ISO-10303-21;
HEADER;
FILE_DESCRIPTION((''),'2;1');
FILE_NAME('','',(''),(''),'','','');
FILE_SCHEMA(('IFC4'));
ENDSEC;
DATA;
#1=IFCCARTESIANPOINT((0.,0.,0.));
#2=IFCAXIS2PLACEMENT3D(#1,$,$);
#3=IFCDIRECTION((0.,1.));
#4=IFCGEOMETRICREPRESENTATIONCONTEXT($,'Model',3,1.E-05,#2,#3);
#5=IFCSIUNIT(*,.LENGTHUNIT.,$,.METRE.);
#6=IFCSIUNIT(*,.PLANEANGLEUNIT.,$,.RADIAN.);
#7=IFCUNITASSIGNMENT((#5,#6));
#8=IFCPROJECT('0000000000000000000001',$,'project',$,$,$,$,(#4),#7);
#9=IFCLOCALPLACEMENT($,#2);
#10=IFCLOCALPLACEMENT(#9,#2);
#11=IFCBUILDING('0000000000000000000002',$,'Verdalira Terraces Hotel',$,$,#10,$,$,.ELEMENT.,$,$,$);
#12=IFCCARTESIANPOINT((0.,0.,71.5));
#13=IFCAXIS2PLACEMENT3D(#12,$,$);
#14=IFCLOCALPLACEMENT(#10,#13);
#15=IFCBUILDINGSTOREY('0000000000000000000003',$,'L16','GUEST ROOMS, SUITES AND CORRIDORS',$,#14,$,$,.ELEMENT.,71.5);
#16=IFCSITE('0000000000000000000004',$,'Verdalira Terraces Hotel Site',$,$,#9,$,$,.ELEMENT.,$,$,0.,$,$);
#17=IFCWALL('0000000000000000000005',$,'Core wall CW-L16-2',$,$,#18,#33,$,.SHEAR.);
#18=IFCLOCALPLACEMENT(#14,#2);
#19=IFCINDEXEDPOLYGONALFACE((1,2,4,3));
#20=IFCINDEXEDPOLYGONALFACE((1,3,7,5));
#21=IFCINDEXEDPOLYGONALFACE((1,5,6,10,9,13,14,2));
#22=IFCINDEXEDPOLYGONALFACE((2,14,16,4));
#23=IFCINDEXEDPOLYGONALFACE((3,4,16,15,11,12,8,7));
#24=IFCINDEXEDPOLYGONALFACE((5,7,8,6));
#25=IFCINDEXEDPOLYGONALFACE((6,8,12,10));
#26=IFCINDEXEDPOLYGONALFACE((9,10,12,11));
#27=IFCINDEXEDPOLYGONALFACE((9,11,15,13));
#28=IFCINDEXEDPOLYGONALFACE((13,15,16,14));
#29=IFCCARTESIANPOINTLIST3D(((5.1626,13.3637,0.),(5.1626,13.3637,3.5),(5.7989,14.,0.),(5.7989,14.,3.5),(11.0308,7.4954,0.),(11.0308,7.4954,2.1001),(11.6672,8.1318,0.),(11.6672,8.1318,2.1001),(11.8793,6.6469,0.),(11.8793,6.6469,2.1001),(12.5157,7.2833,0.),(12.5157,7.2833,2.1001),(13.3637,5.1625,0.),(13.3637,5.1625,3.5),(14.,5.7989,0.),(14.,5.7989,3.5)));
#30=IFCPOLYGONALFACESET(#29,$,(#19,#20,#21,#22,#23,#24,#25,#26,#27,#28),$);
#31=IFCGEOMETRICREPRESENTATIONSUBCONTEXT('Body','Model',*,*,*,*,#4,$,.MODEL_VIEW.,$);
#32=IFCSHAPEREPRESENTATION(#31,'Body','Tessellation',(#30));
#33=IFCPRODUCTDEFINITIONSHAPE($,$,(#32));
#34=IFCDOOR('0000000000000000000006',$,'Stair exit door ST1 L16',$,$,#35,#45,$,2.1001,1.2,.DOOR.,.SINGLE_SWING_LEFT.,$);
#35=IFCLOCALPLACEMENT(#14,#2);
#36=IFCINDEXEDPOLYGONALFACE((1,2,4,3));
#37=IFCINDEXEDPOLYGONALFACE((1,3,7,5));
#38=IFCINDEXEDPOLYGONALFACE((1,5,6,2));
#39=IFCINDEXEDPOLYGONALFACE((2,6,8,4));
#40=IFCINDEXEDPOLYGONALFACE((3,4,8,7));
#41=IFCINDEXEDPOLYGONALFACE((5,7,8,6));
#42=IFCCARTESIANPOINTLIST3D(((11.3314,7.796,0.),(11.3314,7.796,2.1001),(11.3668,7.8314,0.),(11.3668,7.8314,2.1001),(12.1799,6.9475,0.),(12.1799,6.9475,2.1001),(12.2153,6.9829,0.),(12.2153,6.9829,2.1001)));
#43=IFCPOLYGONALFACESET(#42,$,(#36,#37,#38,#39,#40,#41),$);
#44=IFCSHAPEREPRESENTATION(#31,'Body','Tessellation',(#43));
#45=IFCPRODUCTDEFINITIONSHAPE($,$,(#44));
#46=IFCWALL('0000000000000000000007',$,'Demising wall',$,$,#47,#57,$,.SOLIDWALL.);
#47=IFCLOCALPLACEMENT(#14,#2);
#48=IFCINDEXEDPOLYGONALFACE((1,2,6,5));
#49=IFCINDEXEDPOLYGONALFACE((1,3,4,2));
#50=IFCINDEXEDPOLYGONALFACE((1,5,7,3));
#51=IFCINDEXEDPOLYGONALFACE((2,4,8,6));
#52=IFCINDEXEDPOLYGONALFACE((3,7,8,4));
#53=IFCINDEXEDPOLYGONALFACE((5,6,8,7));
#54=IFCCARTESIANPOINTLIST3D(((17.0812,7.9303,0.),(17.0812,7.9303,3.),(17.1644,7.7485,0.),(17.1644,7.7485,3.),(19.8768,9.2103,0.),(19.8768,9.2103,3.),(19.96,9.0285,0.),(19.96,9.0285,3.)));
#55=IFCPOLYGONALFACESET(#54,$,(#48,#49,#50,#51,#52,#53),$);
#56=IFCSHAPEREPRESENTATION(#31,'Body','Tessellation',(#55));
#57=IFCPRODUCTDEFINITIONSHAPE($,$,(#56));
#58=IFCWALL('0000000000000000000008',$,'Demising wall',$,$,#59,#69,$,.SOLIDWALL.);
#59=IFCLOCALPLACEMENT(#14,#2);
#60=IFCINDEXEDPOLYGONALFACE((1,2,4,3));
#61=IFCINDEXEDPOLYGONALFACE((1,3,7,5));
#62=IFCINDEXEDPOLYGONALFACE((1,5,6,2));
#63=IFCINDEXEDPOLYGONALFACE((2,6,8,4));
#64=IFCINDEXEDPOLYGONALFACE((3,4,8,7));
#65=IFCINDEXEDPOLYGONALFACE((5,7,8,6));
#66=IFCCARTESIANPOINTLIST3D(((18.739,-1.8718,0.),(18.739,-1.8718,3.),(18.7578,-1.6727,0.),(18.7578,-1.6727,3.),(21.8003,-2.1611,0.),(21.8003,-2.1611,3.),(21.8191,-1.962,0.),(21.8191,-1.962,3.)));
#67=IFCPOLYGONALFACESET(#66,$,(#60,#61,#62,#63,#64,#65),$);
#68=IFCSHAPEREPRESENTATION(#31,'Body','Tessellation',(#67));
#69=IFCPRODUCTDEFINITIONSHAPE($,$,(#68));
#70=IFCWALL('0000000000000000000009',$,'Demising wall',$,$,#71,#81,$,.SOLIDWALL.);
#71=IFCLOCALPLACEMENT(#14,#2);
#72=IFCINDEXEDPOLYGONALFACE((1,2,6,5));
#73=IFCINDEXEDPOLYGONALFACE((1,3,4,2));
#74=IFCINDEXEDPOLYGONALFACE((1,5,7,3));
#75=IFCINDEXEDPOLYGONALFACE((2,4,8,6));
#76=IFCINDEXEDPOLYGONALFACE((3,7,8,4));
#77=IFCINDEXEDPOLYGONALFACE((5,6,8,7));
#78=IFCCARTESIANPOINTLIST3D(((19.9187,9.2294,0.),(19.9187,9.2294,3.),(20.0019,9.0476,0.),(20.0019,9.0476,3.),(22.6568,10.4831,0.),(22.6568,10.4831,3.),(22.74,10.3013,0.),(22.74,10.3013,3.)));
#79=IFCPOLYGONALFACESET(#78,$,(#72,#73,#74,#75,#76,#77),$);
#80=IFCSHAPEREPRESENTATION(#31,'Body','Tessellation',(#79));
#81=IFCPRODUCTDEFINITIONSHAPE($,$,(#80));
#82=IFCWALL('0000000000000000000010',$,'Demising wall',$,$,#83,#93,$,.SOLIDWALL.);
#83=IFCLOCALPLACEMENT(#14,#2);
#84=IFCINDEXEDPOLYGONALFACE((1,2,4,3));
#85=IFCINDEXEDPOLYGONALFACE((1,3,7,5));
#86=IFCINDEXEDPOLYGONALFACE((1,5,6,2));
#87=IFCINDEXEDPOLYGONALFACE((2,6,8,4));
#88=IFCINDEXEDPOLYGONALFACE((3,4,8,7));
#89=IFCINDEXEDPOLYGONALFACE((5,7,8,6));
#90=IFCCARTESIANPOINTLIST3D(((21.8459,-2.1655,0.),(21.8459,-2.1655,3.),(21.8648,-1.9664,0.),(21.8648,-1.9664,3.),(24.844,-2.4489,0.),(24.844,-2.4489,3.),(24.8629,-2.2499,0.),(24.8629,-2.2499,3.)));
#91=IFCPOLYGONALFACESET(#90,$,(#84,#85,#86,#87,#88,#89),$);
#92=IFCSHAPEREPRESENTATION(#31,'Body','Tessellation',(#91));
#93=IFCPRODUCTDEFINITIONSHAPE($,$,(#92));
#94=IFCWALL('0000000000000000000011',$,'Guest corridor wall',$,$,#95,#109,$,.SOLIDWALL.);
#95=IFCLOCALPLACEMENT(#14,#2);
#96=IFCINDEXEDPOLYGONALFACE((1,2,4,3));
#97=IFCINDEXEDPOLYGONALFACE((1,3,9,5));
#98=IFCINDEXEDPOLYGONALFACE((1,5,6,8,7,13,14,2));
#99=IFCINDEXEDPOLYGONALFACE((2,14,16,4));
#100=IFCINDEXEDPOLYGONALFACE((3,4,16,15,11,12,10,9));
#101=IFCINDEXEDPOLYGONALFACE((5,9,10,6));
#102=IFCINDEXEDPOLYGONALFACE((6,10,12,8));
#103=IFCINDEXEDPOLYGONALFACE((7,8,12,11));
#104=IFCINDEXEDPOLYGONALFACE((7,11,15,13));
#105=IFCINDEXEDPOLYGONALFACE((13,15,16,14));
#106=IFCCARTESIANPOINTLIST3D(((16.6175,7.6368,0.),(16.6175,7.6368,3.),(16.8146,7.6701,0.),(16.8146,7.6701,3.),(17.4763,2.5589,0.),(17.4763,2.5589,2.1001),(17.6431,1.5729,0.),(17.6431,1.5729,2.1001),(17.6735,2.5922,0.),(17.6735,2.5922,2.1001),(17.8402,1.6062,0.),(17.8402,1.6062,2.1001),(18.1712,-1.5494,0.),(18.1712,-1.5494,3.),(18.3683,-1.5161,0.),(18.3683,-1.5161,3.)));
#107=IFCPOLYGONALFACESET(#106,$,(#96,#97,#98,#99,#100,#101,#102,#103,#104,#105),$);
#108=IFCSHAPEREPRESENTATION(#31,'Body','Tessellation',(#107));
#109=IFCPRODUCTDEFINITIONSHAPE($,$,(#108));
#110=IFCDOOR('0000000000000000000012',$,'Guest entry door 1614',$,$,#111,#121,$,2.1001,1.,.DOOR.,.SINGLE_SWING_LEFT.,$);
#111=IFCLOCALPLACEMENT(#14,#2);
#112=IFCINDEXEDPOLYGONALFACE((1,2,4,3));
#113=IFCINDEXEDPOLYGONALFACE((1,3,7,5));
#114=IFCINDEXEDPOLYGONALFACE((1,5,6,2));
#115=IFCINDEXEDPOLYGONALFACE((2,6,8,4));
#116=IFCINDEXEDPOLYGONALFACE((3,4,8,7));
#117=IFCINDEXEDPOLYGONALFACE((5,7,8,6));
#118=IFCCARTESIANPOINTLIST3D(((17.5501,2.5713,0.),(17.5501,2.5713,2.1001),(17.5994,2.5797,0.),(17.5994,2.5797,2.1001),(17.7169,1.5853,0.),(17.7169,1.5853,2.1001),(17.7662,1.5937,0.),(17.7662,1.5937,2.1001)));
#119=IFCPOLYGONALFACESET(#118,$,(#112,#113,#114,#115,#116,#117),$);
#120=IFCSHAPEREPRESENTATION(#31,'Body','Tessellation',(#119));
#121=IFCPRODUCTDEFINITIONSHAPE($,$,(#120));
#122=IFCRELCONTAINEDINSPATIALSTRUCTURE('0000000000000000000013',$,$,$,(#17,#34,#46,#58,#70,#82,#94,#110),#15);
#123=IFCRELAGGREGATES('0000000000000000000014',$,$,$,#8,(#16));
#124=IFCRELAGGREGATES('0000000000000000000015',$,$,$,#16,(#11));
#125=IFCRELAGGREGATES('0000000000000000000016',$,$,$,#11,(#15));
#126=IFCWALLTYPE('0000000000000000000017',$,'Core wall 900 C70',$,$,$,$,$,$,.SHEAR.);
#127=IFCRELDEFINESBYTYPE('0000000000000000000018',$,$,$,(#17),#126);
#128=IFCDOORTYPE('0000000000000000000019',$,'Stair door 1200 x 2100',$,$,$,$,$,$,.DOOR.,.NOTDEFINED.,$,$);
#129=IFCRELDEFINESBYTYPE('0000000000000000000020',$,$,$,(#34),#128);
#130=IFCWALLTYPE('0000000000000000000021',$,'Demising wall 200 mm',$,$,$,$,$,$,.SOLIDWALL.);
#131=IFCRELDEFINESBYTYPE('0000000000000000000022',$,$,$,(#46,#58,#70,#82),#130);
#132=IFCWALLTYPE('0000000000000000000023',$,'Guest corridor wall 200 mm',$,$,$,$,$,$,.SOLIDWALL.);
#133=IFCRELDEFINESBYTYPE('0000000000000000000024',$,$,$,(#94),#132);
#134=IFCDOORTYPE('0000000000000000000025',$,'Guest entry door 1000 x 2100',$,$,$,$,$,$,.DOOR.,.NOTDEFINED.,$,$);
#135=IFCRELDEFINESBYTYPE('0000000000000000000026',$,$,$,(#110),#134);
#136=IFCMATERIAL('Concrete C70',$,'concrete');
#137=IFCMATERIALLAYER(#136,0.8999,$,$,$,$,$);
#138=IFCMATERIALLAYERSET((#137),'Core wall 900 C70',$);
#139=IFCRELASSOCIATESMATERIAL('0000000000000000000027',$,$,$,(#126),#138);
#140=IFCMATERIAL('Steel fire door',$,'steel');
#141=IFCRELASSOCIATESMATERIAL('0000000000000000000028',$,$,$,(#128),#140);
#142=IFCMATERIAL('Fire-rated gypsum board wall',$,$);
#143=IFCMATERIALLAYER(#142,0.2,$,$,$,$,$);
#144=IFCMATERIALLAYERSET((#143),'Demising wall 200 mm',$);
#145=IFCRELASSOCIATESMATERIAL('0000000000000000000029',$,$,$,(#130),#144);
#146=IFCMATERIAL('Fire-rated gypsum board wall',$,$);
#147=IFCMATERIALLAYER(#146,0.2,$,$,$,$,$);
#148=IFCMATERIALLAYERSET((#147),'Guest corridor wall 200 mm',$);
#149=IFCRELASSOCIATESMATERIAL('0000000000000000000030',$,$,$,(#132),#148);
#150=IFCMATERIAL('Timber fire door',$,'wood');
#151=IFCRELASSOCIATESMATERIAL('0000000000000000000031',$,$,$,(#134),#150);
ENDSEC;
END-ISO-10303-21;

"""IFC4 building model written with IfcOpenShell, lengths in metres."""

from ifc_helpers import new_model, si_unit, direction, frame, frame_2d, origin, place, context, subcontext, project, spatial, rectangle, extrude, material, layer, layer_set, type_object, element, fill, save


model = new_model("IFC4")

# Units and contexts
model_context = context("Model", 3, precision=1e-05, world=origin(), true_north=direction((0.0, 1.0)))
body_context = subcontext(model_context, "Body", "Model", "MODEL_VIEW")
ifc_project = project(units=[si_unit("LENGTHUNIT", "METRE"), si_unit("PLANEANGLEUNIT", "RADIAN")], contexts=[model_context])

# Site, building, storey
site_placement = place(None, origin())
site = spatial("IfcSite", under=ifc_project, at=site_placement, Name="Verdalira Terraces Hotel Site", CompositionType="ELEMENT", RefElevation=0.0)
building_placement = place(site_placement, origin())
building = spatial("IfcBuilding", under=site, at=building_placement, Name="Verdalira Terraces Hotel", CompositionType="ELEMENT")
storey_placement = place(building_placement, frame((0.0, 0.0, 71.5)))
storey = spatial("IfcBuildingStorey", under=building, at=storey_placement, Name="L16", Description="GUEST ROOMS, SUITES AND CORRIDORS", CompositionType="ELEMENT", Elevation=71.5)

# Wall, opening, door
ifc_material_1 = material(Name="Concrete C70", Category="concrete")
ifc_layer_1 = layer(ifc_material_1, 0.8999)
ifc_layer_set_1 = layer_set([ifc_layer_1], Name="Core wall 900 C70")
wall_type_1 = type_object("IfcWallType", Name="Core wall 900 C70", PredefinedType="SHEAR", material=ifc_layer_set_1)
wall_1_placement = place(storey_placement, frame((13.6819, 5.4807, 0.0), z_axis=(0.0, 0.0, 1.0), x_axis=(-0.707107, 0.707107, 0.0)))
wall_1 = element("IfcWall", 1, at=wall_1_placement, inside=storey, type_object=wall_type_1, Name="Core wall CW-L16-2", PredefinedType="SHEAR", context=body_context, shape_type="SweptSolid", body=[
    extrude(rectangle(XDim=11.5981, YDim=0.8999, at=frame_2d((5.7991, 0.0))), origin(), (0.0, 0.0, 1.0), 3.5),
])
opening_1_placement = place(wall_1_placement, frame((2.0991, 0.0, 0.0)))
opening_1 = element("IfcOpeningElement", 2, at=opening_1_placement, cuts=wall_1, PredefinedType="OPENING", context=body_context, shape_type="SweptSolid", body=[
    extrude(rectangle(XDim=1.2, YDim=2.1001, at=frame_2d((0.6001, 1.05))), frame((0.0, 0.46, 0.0), z_axis=(0.0, -1.0, 0.0), x_axis=(1.0, 0.0, 0.0)), (0.0, 0.0, 1.0), 0.9199),
])
ifc_material_2 = material(Name="Steel fire door", Category="steel")
door_type_1 = type_object("IfcDoorType", Name="Stair door 1200 x 2100", OperationType="NOTDEFINED", PredefinedType="DOOR", material=ifc_material_2)
door_1_placement = place(opening_1_placement, origin())
door_1 = element("IfcDoor", 3, at=door_1_placement, inside=storey, type_object=door_type_1, Name="Stair exit door ST1 L16", OperationType="SINGLE_SWING_LEFT", OverallHeight=2.1001, OverallWidth=1.2, PredefinedType="DOOR", context=body_context, shape_type="SweptSolid", body=[
    extrude(rectangle(XDim=1.2, YDim=2.1001, at=frame_2d((0.6001, 1.05))), frame((0.0, 0.0249, 0.0), z_axis=(0.0, -1.0, 0.0), x_axis=(1.0, 0.0, 0.0)), (0.0, 0.0, 1.0), 0.05),
])
fill(opening_1, door_1)

# Walls
ifc_material_3 = material(Name="Fire-rated gypsum board wall")
ifc_layer_2 = layer(ifc_material_3, 0.2)
ifc_layer_set_2 = layer_set([ifc_layer_2], Name="Demising wall 200 mm")
wall_type_2 = type_object("IfcWallType", Name="Demising wall 200 mm", PredefinedType="SOLIDWALL", material=ifc_layer_set_2)
wall_2_placement = place(storey_placement, frame((17.1228, 7.8394, 0.0), z_axis=(0.0, 0.0, 1.0), x_axis=(0.909226, 0.416302, 0.0)))
element("IfcWall", 4, at=wall_2_placement, inside=storey, type_object=wall_type_2, Name="Demising wall", PredefinedType="SOLIDWALL", context=body_context, shape_type="SweptSolid", body=[
    extrude(rectangle(XDim=3.0747, YDim=0.2, at=frame_2d((1.5374, 0.0))), origin(), (0.0, 0.0, 1.0), 3.0),
])
wall_3_placement = place(storey_placement, frame((18.7483, -1.7722, 0.0), z_axis=(0.0, 0.0, 1.0), x_axis=(0.995564, -0.094086, 0.0)))
element("IfcWall", 5, at=wall_3_placement, inside=storey, type_object=wall_type_2, Name="Demising wall", PredefinedType="SOLIDWALL", context=body_context, shape_type="SweptSolid", body=[
    extrude(rectangle(XDim=3.075, YDim=0.2, at=frame_2d((1.5376, 0.0))), origin(), (0.0, 0.0, 1.0), 3.0),
])
for number, where, z_axis, x_axis, name in (
    (6, (19.9602, 9.1384, 0.0), (0.0, 0.0, 1.0), (0.909225, 0.416306, 0.0), "Demising wall"),
    (7, (21.8552, -2.0659, 0.0), (0.0, 0.0, 1.0), (0.99556, -0.094124, 0.0), "Demising wall"),
):
    element("IfcWall", number, at=place(storey_placement, frame(where, z_axis=z_axis, x_axis=x_axis)), inside=storey, type_object=wall_type_2, Name=name, PredefinedType="SOLIDWALL", context=body_context, shape_type="SweptSolid", body=[
        extrude(rectangle(XDim=3.0115, YDim=0.2, at=frame_2d((1.5059, 0.0))), origin(), (0.0, 0.0, 1.0), 3.0),
    ])

# Wall, opening, door
ifc_material_4 = material(Name="Fire-rated gypsum board wall")
ifc_layer_3 = layer(ifc_material_4, 0.2)
ifc_layer_set_3 = layer_set([ifc_layer_3], Name="Guest corridor wall 200 mm")
wall_type_3 = type_object("IfcWallType", Name="Guest corridor wall 200 mm", PredefinedType="SOLIDWALL", material=ifc_layer_set_3)
wall_4_placement = place(storey_placement, frame((16.7161, 7.6533, 0.0), z_axis=(0.0, 0.0, 1.0), x_axis=(0.166765, -0.985997, 0.0)))
wall_4 = element("IfcWall", 8, at=wall_4_placement, inside=storey, type_object=wall_type_3, Name="Guest corridor wall", PredefinedType="SOLIDWALL", context=body_context, shape_type="SweptSolid", body=[
    extrude(rectangle(XDim=9.3166, YDim=0.2, at=frame_2d((4.6582, 0.0))), origin(), (0.0, 0.0, 1.0), 3.0),
])
opening_2_placement = place(wall_4_placement, frame((5.1499, 0.0, 0.0)))
opening_2 = element("IfcOpeningElement", 9, at=opening_2_placement, cuts=wall_4, PredefinedType="OPENING", context=body_context, shape_type="SweptSolid", body=[
    extrude(rectangle(XDim=1.0, YDim=2.1001, at=frame_2d((0.5, 1.05))), frame((0.0, 0.1099, 0.0), z_axis=(0.0, -1.0, 0.0), x_axis=(1.0, 0.0, 0.0)), (0.0, 0.0, 1.0), 0.22),
])
ifc_material_5 = material(Name="Timber fire door", Category="wood")
door_type_2 = type_object("IfcDoorType", Name="Guest entry door 1000 x 2100", OperationType="NOTDEFINED", PredefinedType="DOOR", material=ifc_material_5)
door_2_placement = place(opening_2_placement, origin())
door_2 = element("IfcDoor", 10, at=door_2_placement, inside=storey, type_object=door_type_2, Name="Guest entry door 1614", OperationType="SINGLE_SWING_LEFT", OverallHeight=2.1001, OverallWidth=1.0, PredefinedType="DOOR", context=body_context, shape_type="SweptSolid", body=[
    extrude(rectangle(XDim=1.0, YDim=2.1001, at=frame_2d((0.5, 1.05))), frame((0.0, 0.0249, 0.0), z_axis=(0.0, -1.0, 0.0), x_axis=(1.0, 0.0, 0.0)), (0.0, 0.0, 1.0), 0.05),
])
fill(opening_2, door_2)

save(model, "model.ifc")
